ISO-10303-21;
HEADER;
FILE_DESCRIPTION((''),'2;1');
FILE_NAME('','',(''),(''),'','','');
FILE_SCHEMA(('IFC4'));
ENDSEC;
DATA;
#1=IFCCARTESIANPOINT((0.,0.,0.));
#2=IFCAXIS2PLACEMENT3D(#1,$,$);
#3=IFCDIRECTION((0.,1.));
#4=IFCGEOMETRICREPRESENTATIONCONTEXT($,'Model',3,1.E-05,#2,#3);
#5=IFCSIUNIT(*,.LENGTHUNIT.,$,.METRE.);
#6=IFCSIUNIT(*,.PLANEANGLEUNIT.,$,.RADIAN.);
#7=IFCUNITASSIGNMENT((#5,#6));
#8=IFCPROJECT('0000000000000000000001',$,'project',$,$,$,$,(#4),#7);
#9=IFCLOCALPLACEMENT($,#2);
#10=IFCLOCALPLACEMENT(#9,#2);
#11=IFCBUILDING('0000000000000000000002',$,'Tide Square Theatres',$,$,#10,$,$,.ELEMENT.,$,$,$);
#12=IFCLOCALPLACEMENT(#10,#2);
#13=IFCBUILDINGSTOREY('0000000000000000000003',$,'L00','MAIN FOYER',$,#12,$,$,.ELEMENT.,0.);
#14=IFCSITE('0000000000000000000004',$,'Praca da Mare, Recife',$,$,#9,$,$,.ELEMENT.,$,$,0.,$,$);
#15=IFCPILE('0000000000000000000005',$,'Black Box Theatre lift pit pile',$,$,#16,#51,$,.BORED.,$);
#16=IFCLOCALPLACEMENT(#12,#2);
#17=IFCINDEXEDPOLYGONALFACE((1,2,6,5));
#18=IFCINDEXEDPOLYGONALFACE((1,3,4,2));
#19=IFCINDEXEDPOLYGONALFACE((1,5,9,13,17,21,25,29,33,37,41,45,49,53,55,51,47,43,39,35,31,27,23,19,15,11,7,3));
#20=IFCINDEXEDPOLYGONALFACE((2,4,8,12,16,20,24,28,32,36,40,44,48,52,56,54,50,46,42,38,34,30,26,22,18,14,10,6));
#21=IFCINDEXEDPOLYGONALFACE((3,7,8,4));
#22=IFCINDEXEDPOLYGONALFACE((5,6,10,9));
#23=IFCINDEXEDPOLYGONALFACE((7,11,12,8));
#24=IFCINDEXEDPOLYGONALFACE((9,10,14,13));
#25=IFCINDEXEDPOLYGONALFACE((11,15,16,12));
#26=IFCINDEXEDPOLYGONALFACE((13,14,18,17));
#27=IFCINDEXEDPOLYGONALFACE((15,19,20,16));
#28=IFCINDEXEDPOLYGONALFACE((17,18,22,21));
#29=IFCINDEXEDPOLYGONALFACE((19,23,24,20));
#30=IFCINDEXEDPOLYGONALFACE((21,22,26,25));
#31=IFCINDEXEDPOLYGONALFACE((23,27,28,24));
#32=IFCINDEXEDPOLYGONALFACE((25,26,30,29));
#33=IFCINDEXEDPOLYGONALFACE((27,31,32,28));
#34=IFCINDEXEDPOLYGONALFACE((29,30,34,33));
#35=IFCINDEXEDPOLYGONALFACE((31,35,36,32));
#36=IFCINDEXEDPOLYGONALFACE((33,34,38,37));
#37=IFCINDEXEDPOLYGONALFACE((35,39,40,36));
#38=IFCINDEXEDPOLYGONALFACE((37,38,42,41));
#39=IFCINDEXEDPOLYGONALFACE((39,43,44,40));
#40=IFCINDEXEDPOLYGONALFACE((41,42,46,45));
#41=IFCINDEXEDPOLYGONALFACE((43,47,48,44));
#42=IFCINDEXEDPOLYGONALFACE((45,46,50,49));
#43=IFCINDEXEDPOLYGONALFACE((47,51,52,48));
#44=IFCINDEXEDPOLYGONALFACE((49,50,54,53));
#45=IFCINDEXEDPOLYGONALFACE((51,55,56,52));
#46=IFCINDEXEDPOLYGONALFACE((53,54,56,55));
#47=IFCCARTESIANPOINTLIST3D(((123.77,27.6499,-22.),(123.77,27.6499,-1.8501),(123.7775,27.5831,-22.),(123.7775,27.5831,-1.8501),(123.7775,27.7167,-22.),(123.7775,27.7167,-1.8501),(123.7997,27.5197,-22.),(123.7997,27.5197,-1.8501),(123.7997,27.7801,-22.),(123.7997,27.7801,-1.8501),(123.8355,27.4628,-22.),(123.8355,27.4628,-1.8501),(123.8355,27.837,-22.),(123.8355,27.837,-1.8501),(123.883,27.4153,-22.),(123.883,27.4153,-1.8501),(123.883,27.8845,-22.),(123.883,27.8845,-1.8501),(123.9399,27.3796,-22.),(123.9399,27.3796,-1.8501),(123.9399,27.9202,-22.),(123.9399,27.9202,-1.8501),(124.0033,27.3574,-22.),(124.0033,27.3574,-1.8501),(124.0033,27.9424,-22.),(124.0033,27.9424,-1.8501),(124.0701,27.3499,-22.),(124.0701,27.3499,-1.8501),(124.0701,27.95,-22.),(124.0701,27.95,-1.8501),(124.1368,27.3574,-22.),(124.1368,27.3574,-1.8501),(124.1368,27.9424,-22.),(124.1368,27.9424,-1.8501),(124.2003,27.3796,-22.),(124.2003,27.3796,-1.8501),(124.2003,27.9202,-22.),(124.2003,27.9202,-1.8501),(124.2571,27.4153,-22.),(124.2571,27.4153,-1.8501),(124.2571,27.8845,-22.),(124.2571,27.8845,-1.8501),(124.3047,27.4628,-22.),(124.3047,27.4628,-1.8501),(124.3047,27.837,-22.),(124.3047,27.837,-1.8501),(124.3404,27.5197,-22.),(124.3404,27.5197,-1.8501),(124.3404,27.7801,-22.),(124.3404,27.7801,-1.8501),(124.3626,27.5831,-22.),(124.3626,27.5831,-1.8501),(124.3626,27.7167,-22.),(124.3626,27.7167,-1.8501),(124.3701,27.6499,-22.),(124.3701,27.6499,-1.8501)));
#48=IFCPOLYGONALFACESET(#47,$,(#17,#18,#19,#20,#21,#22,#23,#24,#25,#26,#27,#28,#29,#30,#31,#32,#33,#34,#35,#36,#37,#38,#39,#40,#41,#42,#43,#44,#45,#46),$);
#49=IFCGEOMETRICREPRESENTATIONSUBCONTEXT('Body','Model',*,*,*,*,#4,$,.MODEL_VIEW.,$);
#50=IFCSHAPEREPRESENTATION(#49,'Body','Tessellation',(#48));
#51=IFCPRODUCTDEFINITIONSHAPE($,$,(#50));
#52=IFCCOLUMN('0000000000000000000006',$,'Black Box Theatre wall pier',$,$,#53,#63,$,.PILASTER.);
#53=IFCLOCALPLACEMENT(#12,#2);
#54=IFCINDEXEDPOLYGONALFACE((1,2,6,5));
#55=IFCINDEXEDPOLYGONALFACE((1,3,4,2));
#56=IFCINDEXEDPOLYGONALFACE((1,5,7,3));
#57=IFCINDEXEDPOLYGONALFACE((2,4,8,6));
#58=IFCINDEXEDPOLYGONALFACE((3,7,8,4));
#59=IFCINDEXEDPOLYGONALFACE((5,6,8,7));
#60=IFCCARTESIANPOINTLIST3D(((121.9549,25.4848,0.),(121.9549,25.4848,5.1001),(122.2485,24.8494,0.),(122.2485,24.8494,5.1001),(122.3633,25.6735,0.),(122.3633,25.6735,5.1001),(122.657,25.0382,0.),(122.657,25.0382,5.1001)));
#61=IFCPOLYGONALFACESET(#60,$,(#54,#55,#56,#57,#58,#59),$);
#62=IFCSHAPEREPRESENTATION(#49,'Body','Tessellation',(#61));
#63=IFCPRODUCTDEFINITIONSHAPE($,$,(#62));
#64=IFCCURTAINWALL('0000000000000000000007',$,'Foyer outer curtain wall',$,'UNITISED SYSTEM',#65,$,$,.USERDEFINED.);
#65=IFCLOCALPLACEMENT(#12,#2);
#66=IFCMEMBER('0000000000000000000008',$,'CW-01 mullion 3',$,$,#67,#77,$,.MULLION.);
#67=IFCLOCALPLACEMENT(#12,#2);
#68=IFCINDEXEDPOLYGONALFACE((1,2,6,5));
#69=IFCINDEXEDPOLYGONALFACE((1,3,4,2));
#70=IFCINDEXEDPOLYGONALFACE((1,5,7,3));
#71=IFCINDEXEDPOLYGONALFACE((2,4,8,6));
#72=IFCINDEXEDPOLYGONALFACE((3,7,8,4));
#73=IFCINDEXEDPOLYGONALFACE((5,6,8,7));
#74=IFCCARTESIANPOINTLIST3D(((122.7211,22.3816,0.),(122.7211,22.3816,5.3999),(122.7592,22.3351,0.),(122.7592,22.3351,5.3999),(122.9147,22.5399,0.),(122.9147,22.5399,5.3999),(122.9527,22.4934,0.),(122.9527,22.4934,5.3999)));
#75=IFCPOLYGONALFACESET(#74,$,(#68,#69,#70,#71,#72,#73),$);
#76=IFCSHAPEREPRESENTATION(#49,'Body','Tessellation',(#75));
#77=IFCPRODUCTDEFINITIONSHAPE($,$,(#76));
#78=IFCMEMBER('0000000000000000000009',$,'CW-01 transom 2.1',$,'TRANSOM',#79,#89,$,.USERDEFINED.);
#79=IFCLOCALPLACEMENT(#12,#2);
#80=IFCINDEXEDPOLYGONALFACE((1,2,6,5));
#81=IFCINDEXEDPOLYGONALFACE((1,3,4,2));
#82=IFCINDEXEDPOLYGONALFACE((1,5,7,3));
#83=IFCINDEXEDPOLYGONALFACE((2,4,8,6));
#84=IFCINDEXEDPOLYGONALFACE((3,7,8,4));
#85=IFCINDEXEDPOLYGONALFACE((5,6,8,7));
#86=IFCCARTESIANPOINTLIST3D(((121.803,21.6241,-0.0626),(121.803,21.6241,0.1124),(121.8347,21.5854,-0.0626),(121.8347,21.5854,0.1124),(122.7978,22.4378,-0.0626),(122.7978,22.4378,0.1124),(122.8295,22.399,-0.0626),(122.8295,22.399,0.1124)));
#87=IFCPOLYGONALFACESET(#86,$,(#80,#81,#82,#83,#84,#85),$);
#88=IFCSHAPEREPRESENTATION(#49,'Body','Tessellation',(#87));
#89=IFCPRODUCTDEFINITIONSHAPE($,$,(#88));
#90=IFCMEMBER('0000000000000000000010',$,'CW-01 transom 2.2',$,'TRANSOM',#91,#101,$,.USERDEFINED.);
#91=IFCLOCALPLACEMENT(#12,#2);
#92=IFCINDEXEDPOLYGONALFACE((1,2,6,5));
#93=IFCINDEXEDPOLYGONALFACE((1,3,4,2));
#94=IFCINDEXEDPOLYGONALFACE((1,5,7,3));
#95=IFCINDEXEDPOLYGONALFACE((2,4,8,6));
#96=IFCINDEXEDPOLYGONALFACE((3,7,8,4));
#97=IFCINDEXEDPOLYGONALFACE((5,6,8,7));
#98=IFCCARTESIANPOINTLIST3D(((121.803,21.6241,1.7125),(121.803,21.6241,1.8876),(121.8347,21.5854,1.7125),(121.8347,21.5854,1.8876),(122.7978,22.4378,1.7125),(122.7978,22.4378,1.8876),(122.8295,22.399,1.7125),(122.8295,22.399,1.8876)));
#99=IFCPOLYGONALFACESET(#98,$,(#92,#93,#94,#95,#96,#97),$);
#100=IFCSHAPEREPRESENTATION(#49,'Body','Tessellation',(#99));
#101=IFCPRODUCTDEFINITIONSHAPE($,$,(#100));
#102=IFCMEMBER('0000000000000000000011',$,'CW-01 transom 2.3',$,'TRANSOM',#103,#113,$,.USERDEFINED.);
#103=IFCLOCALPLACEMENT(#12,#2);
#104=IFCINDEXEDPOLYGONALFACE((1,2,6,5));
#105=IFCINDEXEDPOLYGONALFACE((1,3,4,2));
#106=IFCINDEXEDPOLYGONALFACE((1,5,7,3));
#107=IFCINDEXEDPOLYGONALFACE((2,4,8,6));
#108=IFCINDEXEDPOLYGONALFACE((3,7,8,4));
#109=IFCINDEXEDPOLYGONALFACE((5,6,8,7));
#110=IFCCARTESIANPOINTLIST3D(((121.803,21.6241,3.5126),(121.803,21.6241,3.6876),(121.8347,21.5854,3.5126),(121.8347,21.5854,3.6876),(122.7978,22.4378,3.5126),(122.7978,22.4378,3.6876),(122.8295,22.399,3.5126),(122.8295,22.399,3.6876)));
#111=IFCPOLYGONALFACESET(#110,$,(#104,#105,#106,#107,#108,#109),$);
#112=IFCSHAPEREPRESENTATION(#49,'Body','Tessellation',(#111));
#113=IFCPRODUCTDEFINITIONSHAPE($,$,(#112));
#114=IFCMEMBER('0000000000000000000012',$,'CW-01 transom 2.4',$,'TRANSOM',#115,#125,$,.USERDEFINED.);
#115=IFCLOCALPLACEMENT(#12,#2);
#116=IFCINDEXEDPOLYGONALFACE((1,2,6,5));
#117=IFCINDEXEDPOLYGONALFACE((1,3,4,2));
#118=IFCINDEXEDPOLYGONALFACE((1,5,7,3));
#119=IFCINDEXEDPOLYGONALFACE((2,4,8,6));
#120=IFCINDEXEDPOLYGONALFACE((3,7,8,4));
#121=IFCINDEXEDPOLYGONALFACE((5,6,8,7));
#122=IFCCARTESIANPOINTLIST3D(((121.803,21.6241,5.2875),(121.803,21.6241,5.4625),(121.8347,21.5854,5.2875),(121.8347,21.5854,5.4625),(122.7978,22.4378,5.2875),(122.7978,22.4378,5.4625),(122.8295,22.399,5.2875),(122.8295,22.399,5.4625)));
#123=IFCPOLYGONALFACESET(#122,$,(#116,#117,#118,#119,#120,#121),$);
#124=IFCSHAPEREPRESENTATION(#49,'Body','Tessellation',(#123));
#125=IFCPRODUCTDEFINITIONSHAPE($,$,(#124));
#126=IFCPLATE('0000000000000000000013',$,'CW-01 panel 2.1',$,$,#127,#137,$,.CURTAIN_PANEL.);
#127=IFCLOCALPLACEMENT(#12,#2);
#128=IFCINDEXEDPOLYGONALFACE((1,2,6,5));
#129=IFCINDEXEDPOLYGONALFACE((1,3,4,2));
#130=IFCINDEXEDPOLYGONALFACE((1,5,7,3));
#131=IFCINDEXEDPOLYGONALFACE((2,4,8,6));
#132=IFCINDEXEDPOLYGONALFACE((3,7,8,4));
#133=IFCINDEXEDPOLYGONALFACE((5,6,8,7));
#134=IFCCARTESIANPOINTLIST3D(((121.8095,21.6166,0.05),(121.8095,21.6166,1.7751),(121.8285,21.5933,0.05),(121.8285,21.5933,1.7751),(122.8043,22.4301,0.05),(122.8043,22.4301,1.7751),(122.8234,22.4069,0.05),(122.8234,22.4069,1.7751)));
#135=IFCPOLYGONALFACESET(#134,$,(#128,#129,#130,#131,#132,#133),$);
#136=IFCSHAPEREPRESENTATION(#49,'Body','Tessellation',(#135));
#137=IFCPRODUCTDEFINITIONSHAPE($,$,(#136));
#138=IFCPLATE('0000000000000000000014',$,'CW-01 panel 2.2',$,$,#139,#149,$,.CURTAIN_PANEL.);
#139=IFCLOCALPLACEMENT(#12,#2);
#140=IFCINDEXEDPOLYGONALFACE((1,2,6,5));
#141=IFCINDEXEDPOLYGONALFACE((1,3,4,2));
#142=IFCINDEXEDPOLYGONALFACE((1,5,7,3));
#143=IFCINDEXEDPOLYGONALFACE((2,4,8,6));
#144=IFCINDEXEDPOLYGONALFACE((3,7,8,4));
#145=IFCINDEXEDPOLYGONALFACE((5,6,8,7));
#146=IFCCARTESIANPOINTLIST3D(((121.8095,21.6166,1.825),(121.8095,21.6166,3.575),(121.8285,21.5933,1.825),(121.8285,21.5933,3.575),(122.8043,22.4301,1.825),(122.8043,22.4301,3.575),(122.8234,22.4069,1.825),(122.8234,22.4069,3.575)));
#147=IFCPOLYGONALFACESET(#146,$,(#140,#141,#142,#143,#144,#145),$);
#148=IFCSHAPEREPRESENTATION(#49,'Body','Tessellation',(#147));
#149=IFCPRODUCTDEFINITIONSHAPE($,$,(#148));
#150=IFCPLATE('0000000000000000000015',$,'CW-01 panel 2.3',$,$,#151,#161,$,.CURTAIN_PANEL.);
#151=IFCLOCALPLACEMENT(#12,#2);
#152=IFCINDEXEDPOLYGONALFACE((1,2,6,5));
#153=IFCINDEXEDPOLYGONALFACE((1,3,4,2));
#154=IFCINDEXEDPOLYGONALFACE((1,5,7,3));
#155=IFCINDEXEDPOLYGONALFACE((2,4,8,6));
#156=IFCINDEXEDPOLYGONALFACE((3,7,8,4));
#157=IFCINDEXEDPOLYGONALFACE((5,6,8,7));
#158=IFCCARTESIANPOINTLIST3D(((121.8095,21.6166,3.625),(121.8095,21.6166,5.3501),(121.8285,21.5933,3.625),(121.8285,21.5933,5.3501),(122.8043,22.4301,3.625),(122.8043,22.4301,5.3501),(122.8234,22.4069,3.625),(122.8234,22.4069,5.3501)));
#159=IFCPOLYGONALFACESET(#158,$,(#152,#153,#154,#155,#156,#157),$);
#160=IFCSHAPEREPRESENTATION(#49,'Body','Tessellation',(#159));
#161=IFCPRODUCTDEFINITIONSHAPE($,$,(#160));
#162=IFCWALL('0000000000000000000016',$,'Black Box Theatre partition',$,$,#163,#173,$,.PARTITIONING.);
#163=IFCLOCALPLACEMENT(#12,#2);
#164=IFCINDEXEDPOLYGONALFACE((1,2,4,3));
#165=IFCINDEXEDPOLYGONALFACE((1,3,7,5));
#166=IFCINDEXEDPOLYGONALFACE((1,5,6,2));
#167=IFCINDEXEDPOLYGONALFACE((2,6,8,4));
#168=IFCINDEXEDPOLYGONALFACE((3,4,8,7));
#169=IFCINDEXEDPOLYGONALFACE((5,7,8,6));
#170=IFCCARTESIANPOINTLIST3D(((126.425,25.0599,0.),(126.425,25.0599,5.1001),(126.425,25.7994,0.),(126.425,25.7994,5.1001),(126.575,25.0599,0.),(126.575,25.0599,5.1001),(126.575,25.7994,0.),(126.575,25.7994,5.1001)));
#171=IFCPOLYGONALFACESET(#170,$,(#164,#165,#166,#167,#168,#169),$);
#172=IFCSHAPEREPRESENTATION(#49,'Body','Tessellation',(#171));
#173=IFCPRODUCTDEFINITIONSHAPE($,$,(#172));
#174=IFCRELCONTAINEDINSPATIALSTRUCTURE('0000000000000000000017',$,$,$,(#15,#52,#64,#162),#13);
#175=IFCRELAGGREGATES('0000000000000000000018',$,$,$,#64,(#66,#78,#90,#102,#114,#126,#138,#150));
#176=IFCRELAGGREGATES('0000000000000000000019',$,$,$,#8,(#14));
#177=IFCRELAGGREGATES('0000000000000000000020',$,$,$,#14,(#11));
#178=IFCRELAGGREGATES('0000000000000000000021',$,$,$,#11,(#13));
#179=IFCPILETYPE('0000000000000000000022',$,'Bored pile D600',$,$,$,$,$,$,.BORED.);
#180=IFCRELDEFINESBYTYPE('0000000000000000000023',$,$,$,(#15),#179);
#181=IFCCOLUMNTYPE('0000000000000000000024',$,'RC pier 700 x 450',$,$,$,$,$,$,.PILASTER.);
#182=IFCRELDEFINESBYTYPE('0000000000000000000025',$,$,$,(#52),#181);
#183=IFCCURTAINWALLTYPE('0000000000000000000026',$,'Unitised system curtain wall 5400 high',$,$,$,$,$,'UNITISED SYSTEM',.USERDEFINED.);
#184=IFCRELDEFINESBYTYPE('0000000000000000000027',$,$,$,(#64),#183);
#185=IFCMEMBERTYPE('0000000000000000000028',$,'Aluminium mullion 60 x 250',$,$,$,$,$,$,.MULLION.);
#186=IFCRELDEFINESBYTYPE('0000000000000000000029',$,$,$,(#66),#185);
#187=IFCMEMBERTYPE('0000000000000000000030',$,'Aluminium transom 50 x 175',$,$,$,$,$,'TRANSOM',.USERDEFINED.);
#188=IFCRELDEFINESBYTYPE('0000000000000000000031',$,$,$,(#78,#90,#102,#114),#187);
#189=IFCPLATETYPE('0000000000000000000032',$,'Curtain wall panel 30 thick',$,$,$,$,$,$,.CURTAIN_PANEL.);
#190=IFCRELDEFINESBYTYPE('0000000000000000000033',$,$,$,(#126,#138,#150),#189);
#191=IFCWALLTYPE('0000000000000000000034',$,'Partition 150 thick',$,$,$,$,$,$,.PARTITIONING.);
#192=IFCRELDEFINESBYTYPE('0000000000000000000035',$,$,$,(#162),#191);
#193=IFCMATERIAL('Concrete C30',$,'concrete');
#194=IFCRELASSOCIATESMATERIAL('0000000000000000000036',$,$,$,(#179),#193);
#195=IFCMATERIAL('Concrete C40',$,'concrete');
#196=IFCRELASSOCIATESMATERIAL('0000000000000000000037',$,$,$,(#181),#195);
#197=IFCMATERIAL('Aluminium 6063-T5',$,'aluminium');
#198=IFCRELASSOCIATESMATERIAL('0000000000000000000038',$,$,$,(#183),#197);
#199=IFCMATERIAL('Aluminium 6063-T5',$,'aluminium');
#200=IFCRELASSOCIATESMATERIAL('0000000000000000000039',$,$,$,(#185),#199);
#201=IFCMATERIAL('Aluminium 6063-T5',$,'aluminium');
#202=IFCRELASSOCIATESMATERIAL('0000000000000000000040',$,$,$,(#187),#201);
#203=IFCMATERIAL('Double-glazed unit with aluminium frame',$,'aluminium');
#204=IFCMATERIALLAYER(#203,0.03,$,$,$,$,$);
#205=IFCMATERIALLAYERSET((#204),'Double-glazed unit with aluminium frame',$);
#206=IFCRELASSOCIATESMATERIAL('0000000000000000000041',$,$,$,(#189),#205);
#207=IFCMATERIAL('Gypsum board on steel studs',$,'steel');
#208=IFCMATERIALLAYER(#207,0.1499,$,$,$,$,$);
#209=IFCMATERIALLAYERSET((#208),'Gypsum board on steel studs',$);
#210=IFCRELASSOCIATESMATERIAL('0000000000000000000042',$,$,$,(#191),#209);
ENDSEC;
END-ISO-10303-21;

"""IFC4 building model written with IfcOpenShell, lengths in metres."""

from ifc_helpers import new_model, si_unit, direction, frame, frame_2d, origin, origin_2d, place, context, subcontext, project, spatial, rectangle, circle, extrude, material, layer, layer_set, material_profile, profile_set, type_object, element, aggregate, save


model = new_model("IFC4")

# Units and contexts
model_context = context("Model", 3, precision=1e-05, world=origin(), true_north=direction((0.0, 1.0)))
body_context = subcontext(model_context, "Body", "Model", "MODEL_VIEW")
ifc_project = project(units=[si_unit("LENGTHUNIT", "METRE"), si_unit("PLANEANGLEUNIT", "RADIAN")], contexts=[model_context])

# Site, building, storey
site_placement = place(None, origin())
site = spatial("IfcSite", under=ifc_project, at=site_placement, Name="Praca da Mare, Recife", CompositionType="ELEMENT", RefElevation=0.0)
building_placement = place(site_placement, origin())
building = spatial("IfcBuilding", under=site, at=building_placement, Name="Tide Square Theatres", CompositionType="ELEMENT")
storey_placement = place(building_placement, origin())
storey = spatial("IfcBuildingStorey", under=building, at=storey_placement, Name="L00", Description="MAIN FOYER", CompositionType="ELEMENT", Elevation=0.0)

# Pile
ifc_material_1 = material(Name="Concrete C30", Category="concrete")
ifc_material_profile_1 = material_profile(ifc_material_1, circle(Radius=0.3, at=origin_2d()))
ifc_profile_set_1 = profile_set([ifc_material_profile_1], Name="Concrete C30")
pile_type = type_object("IfcPileType", Name="Bored pile D600", PredefinedType="BORED", material=ifc_profile_set_1)
for number, where, z_axis, x_axis, name in (
    (1, (124.0701, 27.6499, -1.8501), (0.0, 0.0, -1.0), (1.0, 0.0, 0.0), "Black Box Theatre lift pit pile"),
):
    element("IfcPile", number, at=place(storey_placement, frame(where, z_axis=z_axis, x_axis=x_axis)), inside=storey, type_object=pile_type, Name=name, PredefinedType="BORED", context=body_context, shape_type="SweptSolid", body=[
        extrude(circle(Radius=0.3, at=origin_2d()), origin(), (0.0, 0.0, 1.0), 20.1499),
    ])

# Column
ifc_material_2 = material(Name="Concrete C40", Category="concrete")
ifc_material_profile_2 = material_profile(ifc_material_2, rectangle(XDim=0.7, YDim=0.45, at=origin_2d()))
ifc_profile_set_2 = profile_set([ifc_material_profile_2], Name="Concrete C40")
column_type = type_object("IfcColumnType", Name="RC pier 700 x 450", PredefinedType="PILASTER", material=ifc_profile_set_2)
column_placement = place(storey_placement, frame((122.3059, 25.2615, 0.0), z_axis=(0.0, 0.0, 1.0), x_axis=(0.41956, -0.907728, 0.0)))
element("IfcColumn", 2, at=column_placement, inside=storey, type_object=column_type, Name="Black Box Theatre wall pier", PredefinedType="PILASTER", context=body_context, shape_type="SweptSolid", body=[
    extrude(rectangle(XDim=0.7, YDim=0.45, at=origin_2d()), origin(), (0.0, 0.0, 1.0), 5.1001),
])

# Curtain wall, members, plates
ifc_material_3 = material(Name="Aluminium 6063-T5", Category="aluminium")
curtain_wall_type = type_object("IfcCurtainWallType", Name="Unitised system curtain wall 5400 high", ElementType="UNITISED SYSTEM", PredefinedType="USERDEFINED", material=ifc_material_3)
curtain_wall_placement = place(storey_placement, origin())
curtain_wall = element("IfcCurtainWall", 3, at=curtain_wall_placement, inside=storey, type_object=curtain_wall_type, Name="Foyer outer curtain wall", ObjectType="UNITISED SYSTEM", PredefinedType="USERDEFINED")
ifc_material_4 = material(Name="Aluminium 6063-T5", Category="aluminium")
ifc_material_profile_3 = material_profile(ifc_material_4, rectangle(XDim=0.0601, YDim=0.25, at=origin_2d()))
ifc_profile_set_3 = profile_set([ifc_material_profile_3], Name="Aluminium 6063-T5")
member_type_1 = type_object("IfcMemberType", Name="Aluminium mullion 60 x 250", PredefinedType="MULLION", material=ifc_profile_set_3)
member_1_placement = place(storey_placement, frame((122.8369, 22.4375, 0.0), z_axis=(0.0, 0.0, 1.0), x_axis=(-0.633026, 0.774131, 0.0)))
member_1 = element("IfcMember", 4, at=member_1_placement, type_object=member_type_1, Name="CW-01 mullion 3", PredefinedType="MULLION", context=body_context, shape_type="SweptSolid", body=[
    extrude(rectangle(XDim=0.0601, YDim=0.25, at=origin_2d()), origin(), (0.0, 0.0, 1.0), 5.3999),
])
ifc_material_5 = material(Name="Aluminium 6063-T5", Category="aluminium")
ifc_material_profile_4 = material_profile(ifc_material_5, rectangle(XDim=0.05, YDim=0.175, at=origin_2d()))
ifc_profile_set_4 = profile_set([ifc_material_profile_4], Name="Aluminium 6063-T5")
member_type_2 = type_object("IfcMemberType", Name="Aluminium transom 50 x 175", ElementType="TRANSOM", PredefinedType="USERDEFINED", material=ifc_profile_set_4)
member_2_placement = place(storey_placement, frame((121.8188, 21.6047, 0.0249), z_axis=(0.774059, 0.633114, 0.0), x_axis=(-0.633114, 0.774059, 0.0)))
member_2 = element("IfcMember", 5, at=member_2_placement, type_object=member_type_2, Name="CW-01 transom 2.1", ObjectType="TRANSOM", PredefinedType="USERDEFINED", context=body_context, shape_type="SweptSolid", body=[
    extrude(rectangle(XDim=0.05, YDim=0.175, at=origin_2d()), origin(), (0.0, 0.0, 1.0), 1.2852),
])
member_3_placement = place(storey_placement, frame((121.8188, 21.6047, 1.8), z_axis=(0.774059, 0.633114, 0.0), x_axis=(-0.633114, 0.774059, 0.0)))
member_3 = element("IfcMember", 6, at=member_3_placement, type_object=member_type_2, Name="CW-01 transom 2.2", ObjectType="TRANSOM", PredefinedType="USERDEFINED", context=body_context, shape_type="SweptSolid", body=[
    extrude(rectangle(XDim=0.05, YDim=0.175, at=origin_2d()), origin(), (0.0, 0.0, 1.0), 1.2852),
])
member_4_placement = place(storey_placement, frame((121.8188, 21.6047, 3.6001), z_axis=(0.774059, 0.633114, 0.0), x_axis=(-0.633114, 0.774059, 0.0)))
member_4 = element("IfcMember", 7, at=member_4_placement, type_object=member_type_2, Name="CW-01 transom 2.3", ObjectType="TRANSOM", PredefinedType="USERDEFINED", context=body_context, shape_type="SweptSolid", body=[
    extrude(rectangle(XDim=0.05, YDim=0.175, at=origin_2d()), origin(), (0.0, 0.0, 1.0), 1.2852),
])
member_5_placement = place(storey_placement, frame((121.8188, 21.6047, 5.375), z_axis=(0.774059, 0.633114, 0.0), x_axis=(-0.633114, 0.774059, 0.0)))
member_5 = element("IfcMember", 8, at=member_5_placement, type_object=member_type_2, Name="CW-01 transom 2.4", ObjectType="TRANSOM", PredefinedType="USERDEFINED", context=body_context, shape_type="SweptSolid", body=[
    extrude(rectangle(XDim=0.05, YDim=0.175, at=origin_2d()), origin(), (0.0, 0.0, 1.0), 1.2852),
])
ifc_material_6 = material(Name="Double-glazed unit with aluminium frame", Category="aluminium")
ifc_layer_1 = layer(ifc_material_6, 0.03)
ifc_layer_set_1 = layer_set([ifc_layer_1], Name="Double-glazed unit with aluminium frame")
plate_type = type_object("IfcPlateType", Name="Curtain wall panel 30 thick", PredefinedType="CURTAIN_PANEL", material=ifc_layer_set_1)
plate_1_placement = place(storey_placement, frame((122.3164, 22.0117, 0.05), z_axis=(0.0, 0.0, 1.0), x_axis=(0.774131, 0.633026, 0.0)))
plate_1 = element("IfcPlate", 9, at=plate_1_placement, type_object=plate_type, Name="CW-01 panel 2.1", PredefinedType="CURTAIN_PANEL", context=body_context, shape_type="SweptSolid", body=[
    extrude(rectangle(XDim=1.2852, YDim=0.03, at=origin_2d()), origin(), (0.0, 0.0, 1.0), 1.7251),
])
plate_2_placement = place(storey_placement, frame((122.3164, 22.0117, 1.825), z_axis=(0.0, 0.0, 1.0), x_axis=(0.774131, 0.633026, 0.0)))
plate_2 = element("IfcPlate", 10, at=plate_2_placement, type_object=plate_type, Name="CW-01 panel 2.2", PredefinedType="CURTAIN_PANEL", context=body_context, shape_type="SweptSolid", body=[
    extrude(rectangle(XDim=1.2852, YDim=0.03, at=origin_2d()), origin(), (0.0, 0.0, 1.0), 1.75),
])
plate_3_placement = place(storey_placement, frame((122.3164, 22.0117, 3.625), z_axis=(0.0, 0.0, 1.0), x_axis=(0.774131, 0.633026, 0.0)))
plate_3 = element("IfcPlate", 11, at=plate_3_placement, type_object=plate_type, Name="CW-01 panel 2.3", PredefinedType="CURTAIN_PANEL", context=body_context, shape_type="SweptSolid", body=[
    extrude(rectangle(XDim=1.2852, YDim=0.03, at=origin_2d()), origin(), (0.0, 0.0, 1.0), 1.7251),
])
aggregate(curtain_wall, [member_1, member_2, member_3, member_4, member_5, plate_1, plate_2, plate_3])

# Wall
ifc_material_7 = material(Name="Gypsum board on steel studs", Category="steel")
ifc_layer_2 = layer(ifc_material_7, 0.1499)
ifc_layer_set_2 = layer_set([ifc_layer_2], Name="Gypsum board on steel studs")
wall_type_1 = type_object("IfcWallType", Name="Partition 150 thick", PredefinedType="PARTITIONING", material=ifc_layer_set_2)
wall_1_placement = place(storey_placement, frame((126.5, 25.0601, 0.0), z_axis=(0.0, 0.0, 1.0), x_axis=(0.0, 1.0, 0.0)))
element("IfcWall", 12, at=wall_1_placement, inside=storey, type_object=wall_type_1, Name="Black Box Theatre partition", PredefinedType="PARTITIONING", context=body_context, shape_type="SweptSolid", body=[
    extrude(rectangle(XDim=0.7395, YDim=0.1499, at=frame_2d((0.3696, 0.0))), origin(), (0.0, 0.0, 1.0), 5.1001),
])

save(model, "model.ifc")
